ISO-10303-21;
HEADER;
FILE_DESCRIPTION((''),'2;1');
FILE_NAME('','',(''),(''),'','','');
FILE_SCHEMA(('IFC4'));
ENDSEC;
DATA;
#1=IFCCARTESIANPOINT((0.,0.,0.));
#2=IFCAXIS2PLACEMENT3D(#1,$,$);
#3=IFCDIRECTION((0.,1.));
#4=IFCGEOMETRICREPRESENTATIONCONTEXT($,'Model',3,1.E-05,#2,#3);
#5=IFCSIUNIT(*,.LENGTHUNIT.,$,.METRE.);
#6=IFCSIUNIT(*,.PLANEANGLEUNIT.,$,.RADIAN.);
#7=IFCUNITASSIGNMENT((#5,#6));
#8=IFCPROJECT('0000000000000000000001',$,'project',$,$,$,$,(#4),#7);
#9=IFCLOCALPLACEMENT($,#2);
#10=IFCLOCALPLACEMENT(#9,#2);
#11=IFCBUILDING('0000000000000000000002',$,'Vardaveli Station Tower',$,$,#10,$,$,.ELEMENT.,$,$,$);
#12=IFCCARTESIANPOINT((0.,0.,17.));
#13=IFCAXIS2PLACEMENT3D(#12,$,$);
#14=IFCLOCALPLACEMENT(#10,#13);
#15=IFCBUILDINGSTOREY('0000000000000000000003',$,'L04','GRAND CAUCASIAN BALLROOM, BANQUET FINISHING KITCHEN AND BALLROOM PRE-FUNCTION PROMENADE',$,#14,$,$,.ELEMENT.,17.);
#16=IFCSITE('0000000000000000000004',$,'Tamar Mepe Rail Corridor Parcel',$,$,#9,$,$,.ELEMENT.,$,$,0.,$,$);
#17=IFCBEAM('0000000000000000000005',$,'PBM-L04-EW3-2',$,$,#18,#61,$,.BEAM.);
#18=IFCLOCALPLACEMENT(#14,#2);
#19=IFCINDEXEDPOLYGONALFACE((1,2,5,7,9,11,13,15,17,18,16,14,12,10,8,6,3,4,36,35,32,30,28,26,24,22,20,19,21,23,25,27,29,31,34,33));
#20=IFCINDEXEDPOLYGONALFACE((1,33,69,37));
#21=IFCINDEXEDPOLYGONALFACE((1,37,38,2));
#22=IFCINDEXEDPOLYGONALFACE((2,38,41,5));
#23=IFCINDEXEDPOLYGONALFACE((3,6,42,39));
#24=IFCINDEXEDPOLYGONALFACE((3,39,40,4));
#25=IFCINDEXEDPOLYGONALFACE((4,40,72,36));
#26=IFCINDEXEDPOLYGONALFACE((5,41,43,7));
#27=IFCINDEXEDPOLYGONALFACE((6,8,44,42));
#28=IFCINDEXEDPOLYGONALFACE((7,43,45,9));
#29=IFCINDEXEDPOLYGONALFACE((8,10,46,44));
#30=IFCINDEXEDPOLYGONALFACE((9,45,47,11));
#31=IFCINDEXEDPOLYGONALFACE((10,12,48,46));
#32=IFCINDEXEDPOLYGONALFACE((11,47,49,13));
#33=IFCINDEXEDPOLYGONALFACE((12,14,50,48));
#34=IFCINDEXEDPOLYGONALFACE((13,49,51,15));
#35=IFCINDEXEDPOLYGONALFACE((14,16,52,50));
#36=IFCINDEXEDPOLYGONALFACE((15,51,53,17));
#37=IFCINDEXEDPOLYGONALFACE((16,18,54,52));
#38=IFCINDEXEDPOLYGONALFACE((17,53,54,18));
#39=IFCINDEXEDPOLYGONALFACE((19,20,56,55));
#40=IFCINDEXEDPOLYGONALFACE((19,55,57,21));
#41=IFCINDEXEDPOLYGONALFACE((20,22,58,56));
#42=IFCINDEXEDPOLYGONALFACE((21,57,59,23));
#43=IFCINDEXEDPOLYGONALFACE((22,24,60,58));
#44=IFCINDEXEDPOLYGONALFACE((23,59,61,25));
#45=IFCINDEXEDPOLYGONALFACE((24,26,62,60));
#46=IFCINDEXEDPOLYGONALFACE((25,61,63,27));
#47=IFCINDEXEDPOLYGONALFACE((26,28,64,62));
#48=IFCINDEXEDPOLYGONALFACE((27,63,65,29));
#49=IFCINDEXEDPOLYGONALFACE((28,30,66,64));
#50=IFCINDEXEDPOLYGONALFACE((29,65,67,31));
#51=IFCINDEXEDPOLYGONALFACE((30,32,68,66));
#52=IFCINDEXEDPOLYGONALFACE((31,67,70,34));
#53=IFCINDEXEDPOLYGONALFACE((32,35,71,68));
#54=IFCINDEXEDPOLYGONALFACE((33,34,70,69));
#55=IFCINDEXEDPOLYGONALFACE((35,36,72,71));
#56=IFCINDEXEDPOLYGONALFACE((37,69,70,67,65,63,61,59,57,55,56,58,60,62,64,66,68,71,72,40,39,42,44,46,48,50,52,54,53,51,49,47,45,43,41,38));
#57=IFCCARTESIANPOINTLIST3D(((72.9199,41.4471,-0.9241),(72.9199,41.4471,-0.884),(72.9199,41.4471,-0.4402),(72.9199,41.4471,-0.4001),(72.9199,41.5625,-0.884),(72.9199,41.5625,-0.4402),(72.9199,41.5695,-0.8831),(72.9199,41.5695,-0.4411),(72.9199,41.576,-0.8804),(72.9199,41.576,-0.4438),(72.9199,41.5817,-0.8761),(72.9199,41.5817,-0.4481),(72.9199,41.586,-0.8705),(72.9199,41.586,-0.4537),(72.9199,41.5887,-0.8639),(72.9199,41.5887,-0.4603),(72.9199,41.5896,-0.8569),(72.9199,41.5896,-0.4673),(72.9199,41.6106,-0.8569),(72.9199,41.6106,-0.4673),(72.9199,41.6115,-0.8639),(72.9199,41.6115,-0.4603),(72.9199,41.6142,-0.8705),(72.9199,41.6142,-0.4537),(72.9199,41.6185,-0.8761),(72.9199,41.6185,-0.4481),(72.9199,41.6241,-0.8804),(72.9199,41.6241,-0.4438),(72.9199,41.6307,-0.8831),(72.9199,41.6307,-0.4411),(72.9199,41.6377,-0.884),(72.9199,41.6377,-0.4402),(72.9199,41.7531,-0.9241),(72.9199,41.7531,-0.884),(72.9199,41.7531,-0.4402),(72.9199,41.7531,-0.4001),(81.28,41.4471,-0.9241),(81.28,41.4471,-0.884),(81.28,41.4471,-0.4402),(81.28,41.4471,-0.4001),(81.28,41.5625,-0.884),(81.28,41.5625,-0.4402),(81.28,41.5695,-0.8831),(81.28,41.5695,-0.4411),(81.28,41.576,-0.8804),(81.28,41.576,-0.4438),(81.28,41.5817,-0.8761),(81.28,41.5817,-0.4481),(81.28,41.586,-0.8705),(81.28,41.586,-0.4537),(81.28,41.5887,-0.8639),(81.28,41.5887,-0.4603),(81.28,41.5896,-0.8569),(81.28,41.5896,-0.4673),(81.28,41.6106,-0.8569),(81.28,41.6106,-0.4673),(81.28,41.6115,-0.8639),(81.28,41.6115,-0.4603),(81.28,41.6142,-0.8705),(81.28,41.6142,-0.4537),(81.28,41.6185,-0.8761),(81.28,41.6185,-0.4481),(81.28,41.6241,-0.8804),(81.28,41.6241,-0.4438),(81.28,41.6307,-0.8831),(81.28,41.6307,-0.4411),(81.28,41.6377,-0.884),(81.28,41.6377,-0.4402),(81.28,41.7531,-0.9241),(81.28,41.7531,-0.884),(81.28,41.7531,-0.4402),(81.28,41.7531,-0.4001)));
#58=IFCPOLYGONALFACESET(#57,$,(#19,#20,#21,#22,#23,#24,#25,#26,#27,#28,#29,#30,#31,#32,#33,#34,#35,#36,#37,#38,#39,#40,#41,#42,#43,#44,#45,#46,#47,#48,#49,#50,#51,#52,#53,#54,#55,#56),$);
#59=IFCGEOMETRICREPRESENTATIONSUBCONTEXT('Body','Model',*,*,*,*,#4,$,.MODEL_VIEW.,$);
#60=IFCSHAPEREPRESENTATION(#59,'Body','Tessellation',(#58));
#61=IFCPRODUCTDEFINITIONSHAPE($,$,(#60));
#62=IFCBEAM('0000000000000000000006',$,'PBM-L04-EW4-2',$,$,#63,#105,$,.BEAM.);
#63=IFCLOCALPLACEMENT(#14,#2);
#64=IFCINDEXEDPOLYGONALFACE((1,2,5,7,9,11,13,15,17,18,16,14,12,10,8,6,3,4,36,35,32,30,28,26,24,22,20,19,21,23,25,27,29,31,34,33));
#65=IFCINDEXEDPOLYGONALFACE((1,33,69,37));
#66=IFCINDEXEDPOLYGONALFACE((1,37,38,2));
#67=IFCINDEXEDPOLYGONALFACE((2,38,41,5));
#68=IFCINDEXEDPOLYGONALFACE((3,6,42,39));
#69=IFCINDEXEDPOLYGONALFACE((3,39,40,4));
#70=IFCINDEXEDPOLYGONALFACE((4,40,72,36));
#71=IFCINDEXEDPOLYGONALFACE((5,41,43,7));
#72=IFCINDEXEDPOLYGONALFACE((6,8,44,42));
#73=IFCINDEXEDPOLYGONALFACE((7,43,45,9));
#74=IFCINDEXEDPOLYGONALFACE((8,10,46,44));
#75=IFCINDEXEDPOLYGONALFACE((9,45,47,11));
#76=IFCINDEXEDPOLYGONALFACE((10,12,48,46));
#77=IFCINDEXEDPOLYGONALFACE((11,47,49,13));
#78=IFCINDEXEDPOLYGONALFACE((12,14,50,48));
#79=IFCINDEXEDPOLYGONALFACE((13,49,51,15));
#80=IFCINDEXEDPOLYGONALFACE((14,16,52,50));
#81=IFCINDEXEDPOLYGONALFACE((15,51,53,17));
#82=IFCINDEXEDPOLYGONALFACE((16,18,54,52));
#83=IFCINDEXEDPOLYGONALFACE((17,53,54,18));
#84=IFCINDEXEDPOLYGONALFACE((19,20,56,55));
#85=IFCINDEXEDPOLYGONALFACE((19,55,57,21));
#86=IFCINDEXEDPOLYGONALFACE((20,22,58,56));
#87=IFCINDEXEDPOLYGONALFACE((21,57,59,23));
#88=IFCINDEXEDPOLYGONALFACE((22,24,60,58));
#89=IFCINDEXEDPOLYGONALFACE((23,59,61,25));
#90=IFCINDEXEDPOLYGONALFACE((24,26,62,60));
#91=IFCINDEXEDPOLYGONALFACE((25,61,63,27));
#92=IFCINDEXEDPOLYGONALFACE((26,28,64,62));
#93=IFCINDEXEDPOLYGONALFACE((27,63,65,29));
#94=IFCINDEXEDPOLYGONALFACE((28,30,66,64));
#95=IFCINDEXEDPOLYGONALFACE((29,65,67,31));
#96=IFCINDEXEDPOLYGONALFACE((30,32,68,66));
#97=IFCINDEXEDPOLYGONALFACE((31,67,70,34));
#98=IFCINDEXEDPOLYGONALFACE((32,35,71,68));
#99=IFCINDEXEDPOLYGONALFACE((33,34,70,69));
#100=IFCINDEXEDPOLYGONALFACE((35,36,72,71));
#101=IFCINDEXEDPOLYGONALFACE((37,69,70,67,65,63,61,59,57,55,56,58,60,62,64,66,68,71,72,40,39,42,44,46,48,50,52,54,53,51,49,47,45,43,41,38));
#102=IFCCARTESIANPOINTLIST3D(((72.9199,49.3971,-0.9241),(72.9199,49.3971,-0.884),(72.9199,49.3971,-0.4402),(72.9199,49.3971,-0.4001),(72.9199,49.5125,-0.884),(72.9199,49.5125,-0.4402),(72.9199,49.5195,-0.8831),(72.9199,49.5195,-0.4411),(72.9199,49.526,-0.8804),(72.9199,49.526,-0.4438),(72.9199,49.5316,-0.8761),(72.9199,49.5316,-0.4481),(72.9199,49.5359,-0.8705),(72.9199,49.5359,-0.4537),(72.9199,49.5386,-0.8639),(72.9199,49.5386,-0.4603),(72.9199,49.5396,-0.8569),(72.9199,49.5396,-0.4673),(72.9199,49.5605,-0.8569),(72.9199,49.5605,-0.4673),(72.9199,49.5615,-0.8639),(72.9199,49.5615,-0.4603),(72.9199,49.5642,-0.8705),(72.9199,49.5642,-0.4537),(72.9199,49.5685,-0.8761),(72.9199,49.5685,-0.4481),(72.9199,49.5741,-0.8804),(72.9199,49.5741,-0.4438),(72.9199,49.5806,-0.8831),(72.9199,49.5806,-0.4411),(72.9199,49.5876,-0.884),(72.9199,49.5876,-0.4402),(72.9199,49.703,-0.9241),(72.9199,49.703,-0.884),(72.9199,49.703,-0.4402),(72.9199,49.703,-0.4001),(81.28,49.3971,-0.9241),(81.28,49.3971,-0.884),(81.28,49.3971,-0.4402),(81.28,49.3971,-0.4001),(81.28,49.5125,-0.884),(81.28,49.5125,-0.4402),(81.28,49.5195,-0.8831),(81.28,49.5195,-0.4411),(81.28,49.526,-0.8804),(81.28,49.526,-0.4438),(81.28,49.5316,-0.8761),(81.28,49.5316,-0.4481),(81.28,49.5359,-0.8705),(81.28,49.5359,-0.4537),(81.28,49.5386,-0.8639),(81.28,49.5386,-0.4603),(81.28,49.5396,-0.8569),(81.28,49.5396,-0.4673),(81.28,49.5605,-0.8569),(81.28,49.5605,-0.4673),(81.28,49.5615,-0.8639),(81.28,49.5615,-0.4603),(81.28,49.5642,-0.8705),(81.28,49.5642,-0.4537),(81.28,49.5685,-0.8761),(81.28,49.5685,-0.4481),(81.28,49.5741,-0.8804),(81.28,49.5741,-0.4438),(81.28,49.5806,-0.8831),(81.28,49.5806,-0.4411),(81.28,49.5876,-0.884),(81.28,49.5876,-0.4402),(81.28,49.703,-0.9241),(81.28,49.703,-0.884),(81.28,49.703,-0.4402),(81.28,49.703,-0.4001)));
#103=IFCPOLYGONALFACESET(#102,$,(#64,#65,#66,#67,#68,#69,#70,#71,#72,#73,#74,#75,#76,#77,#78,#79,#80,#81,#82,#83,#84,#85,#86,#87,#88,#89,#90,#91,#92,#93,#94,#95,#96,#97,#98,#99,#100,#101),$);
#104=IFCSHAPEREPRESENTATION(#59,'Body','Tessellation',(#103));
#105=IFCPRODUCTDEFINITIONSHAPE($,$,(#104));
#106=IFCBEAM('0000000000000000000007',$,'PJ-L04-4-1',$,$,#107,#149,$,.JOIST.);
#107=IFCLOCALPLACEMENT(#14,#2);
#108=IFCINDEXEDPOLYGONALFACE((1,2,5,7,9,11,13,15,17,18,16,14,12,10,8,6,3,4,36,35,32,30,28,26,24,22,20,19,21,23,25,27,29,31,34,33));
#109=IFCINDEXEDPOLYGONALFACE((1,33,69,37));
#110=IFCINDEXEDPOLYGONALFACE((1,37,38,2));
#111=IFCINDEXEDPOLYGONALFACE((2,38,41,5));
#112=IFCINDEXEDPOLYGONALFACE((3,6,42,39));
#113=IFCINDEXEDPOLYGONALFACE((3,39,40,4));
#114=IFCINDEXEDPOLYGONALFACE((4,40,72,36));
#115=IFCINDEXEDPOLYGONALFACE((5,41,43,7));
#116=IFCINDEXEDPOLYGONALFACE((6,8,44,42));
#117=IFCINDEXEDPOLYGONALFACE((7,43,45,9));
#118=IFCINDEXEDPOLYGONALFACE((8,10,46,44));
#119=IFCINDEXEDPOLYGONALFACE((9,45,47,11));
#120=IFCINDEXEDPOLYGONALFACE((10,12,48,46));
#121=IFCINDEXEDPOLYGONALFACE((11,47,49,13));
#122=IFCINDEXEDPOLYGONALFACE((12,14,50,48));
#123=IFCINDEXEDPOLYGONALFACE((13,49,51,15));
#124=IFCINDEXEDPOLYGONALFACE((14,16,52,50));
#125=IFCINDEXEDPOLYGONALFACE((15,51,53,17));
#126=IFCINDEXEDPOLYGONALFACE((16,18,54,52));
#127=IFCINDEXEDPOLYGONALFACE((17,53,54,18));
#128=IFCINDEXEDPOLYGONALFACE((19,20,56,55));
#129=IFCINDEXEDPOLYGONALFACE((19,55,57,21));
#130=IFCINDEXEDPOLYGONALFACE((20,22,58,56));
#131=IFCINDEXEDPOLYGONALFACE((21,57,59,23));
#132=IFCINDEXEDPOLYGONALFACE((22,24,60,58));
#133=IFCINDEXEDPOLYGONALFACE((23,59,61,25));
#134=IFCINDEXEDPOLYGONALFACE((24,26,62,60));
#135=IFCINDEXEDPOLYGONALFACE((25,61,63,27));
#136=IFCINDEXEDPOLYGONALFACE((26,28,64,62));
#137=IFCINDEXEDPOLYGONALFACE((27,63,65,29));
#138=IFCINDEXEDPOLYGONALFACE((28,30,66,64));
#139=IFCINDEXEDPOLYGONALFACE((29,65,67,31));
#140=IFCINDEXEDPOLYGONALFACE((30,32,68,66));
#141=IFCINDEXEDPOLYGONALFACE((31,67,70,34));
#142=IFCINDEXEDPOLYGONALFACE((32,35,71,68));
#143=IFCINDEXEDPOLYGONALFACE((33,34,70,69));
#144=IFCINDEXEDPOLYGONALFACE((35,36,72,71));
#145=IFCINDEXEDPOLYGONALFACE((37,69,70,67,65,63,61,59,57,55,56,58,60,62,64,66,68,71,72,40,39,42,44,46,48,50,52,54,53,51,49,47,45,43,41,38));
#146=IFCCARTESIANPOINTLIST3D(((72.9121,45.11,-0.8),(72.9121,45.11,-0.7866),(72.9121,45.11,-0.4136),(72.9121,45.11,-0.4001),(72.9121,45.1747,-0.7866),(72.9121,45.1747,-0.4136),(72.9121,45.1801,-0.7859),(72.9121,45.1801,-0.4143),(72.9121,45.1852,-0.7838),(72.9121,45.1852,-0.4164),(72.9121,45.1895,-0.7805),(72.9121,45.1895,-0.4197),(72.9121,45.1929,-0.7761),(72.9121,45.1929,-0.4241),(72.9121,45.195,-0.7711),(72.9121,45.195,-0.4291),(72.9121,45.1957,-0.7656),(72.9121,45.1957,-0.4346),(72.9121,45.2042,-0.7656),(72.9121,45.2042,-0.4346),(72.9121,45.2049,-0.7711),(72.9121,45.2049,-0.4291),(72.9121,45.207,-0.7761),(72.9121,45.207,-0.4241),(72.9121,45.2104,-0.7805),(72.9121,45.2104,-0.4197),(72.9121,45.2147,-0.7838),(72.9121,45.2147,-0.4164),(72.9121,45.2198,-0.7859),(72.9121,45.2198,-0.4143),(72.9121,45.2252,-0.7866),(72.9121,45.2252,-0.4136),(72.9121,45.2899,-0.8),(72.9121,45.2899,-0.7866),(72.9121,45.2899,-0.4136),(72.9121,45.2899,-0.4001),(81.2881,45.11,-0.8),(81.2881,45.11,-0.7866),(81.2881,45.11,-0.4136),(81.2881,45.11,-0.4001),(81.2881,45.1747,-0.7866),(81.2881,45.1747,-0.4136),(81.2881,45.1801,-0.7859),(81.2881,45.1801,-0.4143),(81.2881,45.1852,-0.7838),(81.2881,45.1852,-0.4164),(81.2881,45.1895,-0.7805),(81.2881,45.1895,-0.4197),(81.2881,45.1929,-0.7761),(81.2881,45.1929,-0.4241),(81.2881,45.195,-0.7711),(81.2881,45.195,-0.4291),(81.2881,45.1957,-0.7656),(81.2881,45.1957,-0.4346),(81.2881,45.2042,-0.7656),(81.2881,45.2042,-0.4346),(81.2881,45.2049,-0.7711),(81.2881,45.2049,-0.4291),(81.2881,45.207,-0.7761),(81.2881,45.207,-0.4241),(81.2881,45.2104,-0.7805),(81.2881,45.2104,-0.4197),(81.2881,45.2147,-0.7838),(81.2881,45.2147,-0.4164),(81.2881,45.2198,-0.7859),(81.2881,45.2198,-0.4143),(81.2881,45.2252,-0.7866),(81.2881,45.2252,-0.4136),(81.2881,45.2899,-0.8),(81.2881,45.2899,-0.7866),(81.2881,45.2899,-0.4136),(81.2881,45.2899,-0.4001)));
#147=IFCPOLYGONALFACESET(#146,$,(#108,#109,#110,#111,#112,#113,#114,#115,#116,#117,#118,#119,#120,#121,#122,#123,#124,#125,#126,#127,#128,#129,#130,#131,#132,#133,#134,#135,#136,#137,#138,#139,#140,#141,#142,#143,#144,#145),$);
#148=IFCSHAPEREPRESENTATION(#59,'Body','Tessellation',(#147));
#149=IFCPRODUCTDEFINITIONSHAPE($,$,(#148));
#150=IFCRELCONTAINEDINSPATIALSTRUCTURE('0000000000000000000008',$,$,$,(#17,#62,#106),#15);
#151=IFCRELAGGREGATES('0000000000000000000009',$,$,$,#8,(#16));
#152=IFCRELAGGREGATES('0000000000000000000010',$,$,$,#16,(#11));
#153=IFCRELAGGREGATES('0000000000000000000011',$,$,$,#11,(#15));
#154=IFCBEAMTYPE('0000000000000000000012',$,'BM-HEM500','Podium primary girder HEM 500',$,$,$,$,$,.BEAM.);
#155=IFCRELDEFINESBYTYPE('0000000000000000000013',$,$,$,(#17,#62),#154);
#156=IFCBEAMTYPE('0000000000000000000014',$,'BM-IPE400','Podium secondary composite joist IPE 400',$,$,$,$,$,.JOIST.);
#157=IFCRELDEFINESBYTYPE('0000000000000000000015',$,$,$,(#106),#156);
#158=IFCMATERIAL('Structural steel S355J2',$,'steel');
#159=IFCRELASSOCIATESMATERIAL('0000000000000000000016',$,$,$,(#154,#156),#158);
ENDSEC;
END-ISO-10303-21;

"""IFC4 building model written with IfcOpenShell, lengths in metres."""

from ifc_helpers import new_model, si_unit, direction, frame, origin, origin_2d, place, context, subcontext, project, spatial, i_section, extrude, source, transform, mapped, material, material_profile, profile_set, type_object, element, save


model = new_model("IFC4")

# Units and contexts
model_context = context("Model", 3, precision=1e-05, world=origin(), true_north=direction((0.0, 1.0)))
body_context = subcontext(model_context, "Body", "Model", "MODEL_VIEW")
ifc_project = project(units=[si_unit("LENGTHUNIT", "METRE"), si_unit("PLANEANGLEUNIT", "RADIAN")], contexts=[model_context])

# Site, building, storey
site_placement = place(None, origin())
site = spatial("IfcSite", under=ifc_project, at=site_placement, Name="Tamar Mepe Rail Corridor Parcel", CompositionType="ELEMENT", RefElevation=0.0)
building_placement = place(site_placement, origin())
building = spatial("IfcBuilding", under=site, at=building_placement, Name="Vardaveli Station Tower", CompositionType="ELEMENT")
storey_placement = place(building_placement, frame((0.0, 0.0, 17.0)))
storey = spatial("IfcBuildingStorey", under=building, at=storey_placement, Name="L04", Description="GRAND CAUCASIAN BALLROOM, BANQUET FINISHING KITCHEN AND BALLROOM PRE-FUNCTION PROMENADE", CompositionType="ELEMENT", Elevation=17.0)

# Beams
ifc_material_1 = material(Name="Structural steel S355J2", Category="steel")
ifc_material_profile_1 = material_profile(ifc_material_1, i_section(OverallWidth=0.3059, OverallDepth=0.5239, WebThickness=0.021, FlangeThickness=0.04, FilletRadius=0.0271, at=origin_2d()), Name="HEM 500")
ifc_profile_set_1 = profile_set([ifc_material_profile_1], Name="Structural steel S355J2")
beam_type_1 = type_object("IfcBeamType", Name="BM-HEM500", Description="Podium primary girder HEM 500", PredefinedType="BEAM", material=ifc_profile_set_1)
ifc_material_profile_2 = material_profile(ifc_material_1, i_section(OverallWidth=0.1799, OverallDepth=0.3999, WebThickness=0.0085, FlangeThickness=0.0134, FilletRadius=0.021, at=origin_2d()), Name="IPE 400")
ifc_profile_set_2 = profile_set([ifc_material_profile_2], Name="Structural steel S355J2")
beam_type_2 = type_object("IfcBeamType", Name="BM-IPE400", Description="Podium secondary composite joist IPE 400", PredefinedType="JOIST", material=ifc_profile_set_2)
shared_shape_1 = source(origin(), body_context, "Body", "SweptSolid", [
    extrude(i_section(OverallWidth=0.3059, OverallDepth=0.5239, WebThickness=0.021, FlangeThickness=0.04, FilletRadius=0.0271, at=origin_2d()), origin(), (0.0, 0.0, 1.0), 8.3601),
])
for number, where, z_axis, x_axis, name in (
    (1, (72.9199, 41.6001, -0.6621), (1.0, 0.0, 0.0), (0.0, 1.0, 0.0), "PBM-L04-EW3-2"),
    (2, (72.9199, 49.55, -0.6621), (1.0, 0.0, 0.0), (0.0, 1.0, 0.0), "PBM-L04-EW4-2"),
):
    element("IfcBeam", number, at=place(storey_placement, frame(where, z_axis=z_axis, x_axis=x_axis)), inside=storey, type_object=beam_type_1, Name=name, PredefinedType="BEAM", context=body_context, shape_type="MappedRepresentation", body=[
        mapped(shared_shape_1, transform((0.0, 0.0, 0.0), scale=1.0)),
    ])
shared_shape_2 = source(origin(), body_context, "Body", "SweptSolid", [
    extrude(i_section(OverallWidth=0.1799, OverallDepth=0.3999, WebThickness=0.0085, FlangeThickness=0.0134, FilletRadius=0.021, at=origin_2d()), origin(), (0.0, 0.0, 1.0), 8.376),
])
beam_1_placement = place(storey_placement, frame((72.9121, 45.2, -0.6001), z_axis=(1.0, 0.0, 0.0), x_axis=(0.0, 1.0, 0.0)))
element("IfcBeam", 3, at=beam_1_placement, inside=storey, type_object=beam_type_2, Name="PJ-L04-4-1", PredefinedType="JOIST", context=body_context, shape_type="MappedRepresentation", body=[
    mapped(shared_shape_2, transform((0.0, 0.0, 0.0), scale=1.0)),
])

save(model, "model.ifc")
